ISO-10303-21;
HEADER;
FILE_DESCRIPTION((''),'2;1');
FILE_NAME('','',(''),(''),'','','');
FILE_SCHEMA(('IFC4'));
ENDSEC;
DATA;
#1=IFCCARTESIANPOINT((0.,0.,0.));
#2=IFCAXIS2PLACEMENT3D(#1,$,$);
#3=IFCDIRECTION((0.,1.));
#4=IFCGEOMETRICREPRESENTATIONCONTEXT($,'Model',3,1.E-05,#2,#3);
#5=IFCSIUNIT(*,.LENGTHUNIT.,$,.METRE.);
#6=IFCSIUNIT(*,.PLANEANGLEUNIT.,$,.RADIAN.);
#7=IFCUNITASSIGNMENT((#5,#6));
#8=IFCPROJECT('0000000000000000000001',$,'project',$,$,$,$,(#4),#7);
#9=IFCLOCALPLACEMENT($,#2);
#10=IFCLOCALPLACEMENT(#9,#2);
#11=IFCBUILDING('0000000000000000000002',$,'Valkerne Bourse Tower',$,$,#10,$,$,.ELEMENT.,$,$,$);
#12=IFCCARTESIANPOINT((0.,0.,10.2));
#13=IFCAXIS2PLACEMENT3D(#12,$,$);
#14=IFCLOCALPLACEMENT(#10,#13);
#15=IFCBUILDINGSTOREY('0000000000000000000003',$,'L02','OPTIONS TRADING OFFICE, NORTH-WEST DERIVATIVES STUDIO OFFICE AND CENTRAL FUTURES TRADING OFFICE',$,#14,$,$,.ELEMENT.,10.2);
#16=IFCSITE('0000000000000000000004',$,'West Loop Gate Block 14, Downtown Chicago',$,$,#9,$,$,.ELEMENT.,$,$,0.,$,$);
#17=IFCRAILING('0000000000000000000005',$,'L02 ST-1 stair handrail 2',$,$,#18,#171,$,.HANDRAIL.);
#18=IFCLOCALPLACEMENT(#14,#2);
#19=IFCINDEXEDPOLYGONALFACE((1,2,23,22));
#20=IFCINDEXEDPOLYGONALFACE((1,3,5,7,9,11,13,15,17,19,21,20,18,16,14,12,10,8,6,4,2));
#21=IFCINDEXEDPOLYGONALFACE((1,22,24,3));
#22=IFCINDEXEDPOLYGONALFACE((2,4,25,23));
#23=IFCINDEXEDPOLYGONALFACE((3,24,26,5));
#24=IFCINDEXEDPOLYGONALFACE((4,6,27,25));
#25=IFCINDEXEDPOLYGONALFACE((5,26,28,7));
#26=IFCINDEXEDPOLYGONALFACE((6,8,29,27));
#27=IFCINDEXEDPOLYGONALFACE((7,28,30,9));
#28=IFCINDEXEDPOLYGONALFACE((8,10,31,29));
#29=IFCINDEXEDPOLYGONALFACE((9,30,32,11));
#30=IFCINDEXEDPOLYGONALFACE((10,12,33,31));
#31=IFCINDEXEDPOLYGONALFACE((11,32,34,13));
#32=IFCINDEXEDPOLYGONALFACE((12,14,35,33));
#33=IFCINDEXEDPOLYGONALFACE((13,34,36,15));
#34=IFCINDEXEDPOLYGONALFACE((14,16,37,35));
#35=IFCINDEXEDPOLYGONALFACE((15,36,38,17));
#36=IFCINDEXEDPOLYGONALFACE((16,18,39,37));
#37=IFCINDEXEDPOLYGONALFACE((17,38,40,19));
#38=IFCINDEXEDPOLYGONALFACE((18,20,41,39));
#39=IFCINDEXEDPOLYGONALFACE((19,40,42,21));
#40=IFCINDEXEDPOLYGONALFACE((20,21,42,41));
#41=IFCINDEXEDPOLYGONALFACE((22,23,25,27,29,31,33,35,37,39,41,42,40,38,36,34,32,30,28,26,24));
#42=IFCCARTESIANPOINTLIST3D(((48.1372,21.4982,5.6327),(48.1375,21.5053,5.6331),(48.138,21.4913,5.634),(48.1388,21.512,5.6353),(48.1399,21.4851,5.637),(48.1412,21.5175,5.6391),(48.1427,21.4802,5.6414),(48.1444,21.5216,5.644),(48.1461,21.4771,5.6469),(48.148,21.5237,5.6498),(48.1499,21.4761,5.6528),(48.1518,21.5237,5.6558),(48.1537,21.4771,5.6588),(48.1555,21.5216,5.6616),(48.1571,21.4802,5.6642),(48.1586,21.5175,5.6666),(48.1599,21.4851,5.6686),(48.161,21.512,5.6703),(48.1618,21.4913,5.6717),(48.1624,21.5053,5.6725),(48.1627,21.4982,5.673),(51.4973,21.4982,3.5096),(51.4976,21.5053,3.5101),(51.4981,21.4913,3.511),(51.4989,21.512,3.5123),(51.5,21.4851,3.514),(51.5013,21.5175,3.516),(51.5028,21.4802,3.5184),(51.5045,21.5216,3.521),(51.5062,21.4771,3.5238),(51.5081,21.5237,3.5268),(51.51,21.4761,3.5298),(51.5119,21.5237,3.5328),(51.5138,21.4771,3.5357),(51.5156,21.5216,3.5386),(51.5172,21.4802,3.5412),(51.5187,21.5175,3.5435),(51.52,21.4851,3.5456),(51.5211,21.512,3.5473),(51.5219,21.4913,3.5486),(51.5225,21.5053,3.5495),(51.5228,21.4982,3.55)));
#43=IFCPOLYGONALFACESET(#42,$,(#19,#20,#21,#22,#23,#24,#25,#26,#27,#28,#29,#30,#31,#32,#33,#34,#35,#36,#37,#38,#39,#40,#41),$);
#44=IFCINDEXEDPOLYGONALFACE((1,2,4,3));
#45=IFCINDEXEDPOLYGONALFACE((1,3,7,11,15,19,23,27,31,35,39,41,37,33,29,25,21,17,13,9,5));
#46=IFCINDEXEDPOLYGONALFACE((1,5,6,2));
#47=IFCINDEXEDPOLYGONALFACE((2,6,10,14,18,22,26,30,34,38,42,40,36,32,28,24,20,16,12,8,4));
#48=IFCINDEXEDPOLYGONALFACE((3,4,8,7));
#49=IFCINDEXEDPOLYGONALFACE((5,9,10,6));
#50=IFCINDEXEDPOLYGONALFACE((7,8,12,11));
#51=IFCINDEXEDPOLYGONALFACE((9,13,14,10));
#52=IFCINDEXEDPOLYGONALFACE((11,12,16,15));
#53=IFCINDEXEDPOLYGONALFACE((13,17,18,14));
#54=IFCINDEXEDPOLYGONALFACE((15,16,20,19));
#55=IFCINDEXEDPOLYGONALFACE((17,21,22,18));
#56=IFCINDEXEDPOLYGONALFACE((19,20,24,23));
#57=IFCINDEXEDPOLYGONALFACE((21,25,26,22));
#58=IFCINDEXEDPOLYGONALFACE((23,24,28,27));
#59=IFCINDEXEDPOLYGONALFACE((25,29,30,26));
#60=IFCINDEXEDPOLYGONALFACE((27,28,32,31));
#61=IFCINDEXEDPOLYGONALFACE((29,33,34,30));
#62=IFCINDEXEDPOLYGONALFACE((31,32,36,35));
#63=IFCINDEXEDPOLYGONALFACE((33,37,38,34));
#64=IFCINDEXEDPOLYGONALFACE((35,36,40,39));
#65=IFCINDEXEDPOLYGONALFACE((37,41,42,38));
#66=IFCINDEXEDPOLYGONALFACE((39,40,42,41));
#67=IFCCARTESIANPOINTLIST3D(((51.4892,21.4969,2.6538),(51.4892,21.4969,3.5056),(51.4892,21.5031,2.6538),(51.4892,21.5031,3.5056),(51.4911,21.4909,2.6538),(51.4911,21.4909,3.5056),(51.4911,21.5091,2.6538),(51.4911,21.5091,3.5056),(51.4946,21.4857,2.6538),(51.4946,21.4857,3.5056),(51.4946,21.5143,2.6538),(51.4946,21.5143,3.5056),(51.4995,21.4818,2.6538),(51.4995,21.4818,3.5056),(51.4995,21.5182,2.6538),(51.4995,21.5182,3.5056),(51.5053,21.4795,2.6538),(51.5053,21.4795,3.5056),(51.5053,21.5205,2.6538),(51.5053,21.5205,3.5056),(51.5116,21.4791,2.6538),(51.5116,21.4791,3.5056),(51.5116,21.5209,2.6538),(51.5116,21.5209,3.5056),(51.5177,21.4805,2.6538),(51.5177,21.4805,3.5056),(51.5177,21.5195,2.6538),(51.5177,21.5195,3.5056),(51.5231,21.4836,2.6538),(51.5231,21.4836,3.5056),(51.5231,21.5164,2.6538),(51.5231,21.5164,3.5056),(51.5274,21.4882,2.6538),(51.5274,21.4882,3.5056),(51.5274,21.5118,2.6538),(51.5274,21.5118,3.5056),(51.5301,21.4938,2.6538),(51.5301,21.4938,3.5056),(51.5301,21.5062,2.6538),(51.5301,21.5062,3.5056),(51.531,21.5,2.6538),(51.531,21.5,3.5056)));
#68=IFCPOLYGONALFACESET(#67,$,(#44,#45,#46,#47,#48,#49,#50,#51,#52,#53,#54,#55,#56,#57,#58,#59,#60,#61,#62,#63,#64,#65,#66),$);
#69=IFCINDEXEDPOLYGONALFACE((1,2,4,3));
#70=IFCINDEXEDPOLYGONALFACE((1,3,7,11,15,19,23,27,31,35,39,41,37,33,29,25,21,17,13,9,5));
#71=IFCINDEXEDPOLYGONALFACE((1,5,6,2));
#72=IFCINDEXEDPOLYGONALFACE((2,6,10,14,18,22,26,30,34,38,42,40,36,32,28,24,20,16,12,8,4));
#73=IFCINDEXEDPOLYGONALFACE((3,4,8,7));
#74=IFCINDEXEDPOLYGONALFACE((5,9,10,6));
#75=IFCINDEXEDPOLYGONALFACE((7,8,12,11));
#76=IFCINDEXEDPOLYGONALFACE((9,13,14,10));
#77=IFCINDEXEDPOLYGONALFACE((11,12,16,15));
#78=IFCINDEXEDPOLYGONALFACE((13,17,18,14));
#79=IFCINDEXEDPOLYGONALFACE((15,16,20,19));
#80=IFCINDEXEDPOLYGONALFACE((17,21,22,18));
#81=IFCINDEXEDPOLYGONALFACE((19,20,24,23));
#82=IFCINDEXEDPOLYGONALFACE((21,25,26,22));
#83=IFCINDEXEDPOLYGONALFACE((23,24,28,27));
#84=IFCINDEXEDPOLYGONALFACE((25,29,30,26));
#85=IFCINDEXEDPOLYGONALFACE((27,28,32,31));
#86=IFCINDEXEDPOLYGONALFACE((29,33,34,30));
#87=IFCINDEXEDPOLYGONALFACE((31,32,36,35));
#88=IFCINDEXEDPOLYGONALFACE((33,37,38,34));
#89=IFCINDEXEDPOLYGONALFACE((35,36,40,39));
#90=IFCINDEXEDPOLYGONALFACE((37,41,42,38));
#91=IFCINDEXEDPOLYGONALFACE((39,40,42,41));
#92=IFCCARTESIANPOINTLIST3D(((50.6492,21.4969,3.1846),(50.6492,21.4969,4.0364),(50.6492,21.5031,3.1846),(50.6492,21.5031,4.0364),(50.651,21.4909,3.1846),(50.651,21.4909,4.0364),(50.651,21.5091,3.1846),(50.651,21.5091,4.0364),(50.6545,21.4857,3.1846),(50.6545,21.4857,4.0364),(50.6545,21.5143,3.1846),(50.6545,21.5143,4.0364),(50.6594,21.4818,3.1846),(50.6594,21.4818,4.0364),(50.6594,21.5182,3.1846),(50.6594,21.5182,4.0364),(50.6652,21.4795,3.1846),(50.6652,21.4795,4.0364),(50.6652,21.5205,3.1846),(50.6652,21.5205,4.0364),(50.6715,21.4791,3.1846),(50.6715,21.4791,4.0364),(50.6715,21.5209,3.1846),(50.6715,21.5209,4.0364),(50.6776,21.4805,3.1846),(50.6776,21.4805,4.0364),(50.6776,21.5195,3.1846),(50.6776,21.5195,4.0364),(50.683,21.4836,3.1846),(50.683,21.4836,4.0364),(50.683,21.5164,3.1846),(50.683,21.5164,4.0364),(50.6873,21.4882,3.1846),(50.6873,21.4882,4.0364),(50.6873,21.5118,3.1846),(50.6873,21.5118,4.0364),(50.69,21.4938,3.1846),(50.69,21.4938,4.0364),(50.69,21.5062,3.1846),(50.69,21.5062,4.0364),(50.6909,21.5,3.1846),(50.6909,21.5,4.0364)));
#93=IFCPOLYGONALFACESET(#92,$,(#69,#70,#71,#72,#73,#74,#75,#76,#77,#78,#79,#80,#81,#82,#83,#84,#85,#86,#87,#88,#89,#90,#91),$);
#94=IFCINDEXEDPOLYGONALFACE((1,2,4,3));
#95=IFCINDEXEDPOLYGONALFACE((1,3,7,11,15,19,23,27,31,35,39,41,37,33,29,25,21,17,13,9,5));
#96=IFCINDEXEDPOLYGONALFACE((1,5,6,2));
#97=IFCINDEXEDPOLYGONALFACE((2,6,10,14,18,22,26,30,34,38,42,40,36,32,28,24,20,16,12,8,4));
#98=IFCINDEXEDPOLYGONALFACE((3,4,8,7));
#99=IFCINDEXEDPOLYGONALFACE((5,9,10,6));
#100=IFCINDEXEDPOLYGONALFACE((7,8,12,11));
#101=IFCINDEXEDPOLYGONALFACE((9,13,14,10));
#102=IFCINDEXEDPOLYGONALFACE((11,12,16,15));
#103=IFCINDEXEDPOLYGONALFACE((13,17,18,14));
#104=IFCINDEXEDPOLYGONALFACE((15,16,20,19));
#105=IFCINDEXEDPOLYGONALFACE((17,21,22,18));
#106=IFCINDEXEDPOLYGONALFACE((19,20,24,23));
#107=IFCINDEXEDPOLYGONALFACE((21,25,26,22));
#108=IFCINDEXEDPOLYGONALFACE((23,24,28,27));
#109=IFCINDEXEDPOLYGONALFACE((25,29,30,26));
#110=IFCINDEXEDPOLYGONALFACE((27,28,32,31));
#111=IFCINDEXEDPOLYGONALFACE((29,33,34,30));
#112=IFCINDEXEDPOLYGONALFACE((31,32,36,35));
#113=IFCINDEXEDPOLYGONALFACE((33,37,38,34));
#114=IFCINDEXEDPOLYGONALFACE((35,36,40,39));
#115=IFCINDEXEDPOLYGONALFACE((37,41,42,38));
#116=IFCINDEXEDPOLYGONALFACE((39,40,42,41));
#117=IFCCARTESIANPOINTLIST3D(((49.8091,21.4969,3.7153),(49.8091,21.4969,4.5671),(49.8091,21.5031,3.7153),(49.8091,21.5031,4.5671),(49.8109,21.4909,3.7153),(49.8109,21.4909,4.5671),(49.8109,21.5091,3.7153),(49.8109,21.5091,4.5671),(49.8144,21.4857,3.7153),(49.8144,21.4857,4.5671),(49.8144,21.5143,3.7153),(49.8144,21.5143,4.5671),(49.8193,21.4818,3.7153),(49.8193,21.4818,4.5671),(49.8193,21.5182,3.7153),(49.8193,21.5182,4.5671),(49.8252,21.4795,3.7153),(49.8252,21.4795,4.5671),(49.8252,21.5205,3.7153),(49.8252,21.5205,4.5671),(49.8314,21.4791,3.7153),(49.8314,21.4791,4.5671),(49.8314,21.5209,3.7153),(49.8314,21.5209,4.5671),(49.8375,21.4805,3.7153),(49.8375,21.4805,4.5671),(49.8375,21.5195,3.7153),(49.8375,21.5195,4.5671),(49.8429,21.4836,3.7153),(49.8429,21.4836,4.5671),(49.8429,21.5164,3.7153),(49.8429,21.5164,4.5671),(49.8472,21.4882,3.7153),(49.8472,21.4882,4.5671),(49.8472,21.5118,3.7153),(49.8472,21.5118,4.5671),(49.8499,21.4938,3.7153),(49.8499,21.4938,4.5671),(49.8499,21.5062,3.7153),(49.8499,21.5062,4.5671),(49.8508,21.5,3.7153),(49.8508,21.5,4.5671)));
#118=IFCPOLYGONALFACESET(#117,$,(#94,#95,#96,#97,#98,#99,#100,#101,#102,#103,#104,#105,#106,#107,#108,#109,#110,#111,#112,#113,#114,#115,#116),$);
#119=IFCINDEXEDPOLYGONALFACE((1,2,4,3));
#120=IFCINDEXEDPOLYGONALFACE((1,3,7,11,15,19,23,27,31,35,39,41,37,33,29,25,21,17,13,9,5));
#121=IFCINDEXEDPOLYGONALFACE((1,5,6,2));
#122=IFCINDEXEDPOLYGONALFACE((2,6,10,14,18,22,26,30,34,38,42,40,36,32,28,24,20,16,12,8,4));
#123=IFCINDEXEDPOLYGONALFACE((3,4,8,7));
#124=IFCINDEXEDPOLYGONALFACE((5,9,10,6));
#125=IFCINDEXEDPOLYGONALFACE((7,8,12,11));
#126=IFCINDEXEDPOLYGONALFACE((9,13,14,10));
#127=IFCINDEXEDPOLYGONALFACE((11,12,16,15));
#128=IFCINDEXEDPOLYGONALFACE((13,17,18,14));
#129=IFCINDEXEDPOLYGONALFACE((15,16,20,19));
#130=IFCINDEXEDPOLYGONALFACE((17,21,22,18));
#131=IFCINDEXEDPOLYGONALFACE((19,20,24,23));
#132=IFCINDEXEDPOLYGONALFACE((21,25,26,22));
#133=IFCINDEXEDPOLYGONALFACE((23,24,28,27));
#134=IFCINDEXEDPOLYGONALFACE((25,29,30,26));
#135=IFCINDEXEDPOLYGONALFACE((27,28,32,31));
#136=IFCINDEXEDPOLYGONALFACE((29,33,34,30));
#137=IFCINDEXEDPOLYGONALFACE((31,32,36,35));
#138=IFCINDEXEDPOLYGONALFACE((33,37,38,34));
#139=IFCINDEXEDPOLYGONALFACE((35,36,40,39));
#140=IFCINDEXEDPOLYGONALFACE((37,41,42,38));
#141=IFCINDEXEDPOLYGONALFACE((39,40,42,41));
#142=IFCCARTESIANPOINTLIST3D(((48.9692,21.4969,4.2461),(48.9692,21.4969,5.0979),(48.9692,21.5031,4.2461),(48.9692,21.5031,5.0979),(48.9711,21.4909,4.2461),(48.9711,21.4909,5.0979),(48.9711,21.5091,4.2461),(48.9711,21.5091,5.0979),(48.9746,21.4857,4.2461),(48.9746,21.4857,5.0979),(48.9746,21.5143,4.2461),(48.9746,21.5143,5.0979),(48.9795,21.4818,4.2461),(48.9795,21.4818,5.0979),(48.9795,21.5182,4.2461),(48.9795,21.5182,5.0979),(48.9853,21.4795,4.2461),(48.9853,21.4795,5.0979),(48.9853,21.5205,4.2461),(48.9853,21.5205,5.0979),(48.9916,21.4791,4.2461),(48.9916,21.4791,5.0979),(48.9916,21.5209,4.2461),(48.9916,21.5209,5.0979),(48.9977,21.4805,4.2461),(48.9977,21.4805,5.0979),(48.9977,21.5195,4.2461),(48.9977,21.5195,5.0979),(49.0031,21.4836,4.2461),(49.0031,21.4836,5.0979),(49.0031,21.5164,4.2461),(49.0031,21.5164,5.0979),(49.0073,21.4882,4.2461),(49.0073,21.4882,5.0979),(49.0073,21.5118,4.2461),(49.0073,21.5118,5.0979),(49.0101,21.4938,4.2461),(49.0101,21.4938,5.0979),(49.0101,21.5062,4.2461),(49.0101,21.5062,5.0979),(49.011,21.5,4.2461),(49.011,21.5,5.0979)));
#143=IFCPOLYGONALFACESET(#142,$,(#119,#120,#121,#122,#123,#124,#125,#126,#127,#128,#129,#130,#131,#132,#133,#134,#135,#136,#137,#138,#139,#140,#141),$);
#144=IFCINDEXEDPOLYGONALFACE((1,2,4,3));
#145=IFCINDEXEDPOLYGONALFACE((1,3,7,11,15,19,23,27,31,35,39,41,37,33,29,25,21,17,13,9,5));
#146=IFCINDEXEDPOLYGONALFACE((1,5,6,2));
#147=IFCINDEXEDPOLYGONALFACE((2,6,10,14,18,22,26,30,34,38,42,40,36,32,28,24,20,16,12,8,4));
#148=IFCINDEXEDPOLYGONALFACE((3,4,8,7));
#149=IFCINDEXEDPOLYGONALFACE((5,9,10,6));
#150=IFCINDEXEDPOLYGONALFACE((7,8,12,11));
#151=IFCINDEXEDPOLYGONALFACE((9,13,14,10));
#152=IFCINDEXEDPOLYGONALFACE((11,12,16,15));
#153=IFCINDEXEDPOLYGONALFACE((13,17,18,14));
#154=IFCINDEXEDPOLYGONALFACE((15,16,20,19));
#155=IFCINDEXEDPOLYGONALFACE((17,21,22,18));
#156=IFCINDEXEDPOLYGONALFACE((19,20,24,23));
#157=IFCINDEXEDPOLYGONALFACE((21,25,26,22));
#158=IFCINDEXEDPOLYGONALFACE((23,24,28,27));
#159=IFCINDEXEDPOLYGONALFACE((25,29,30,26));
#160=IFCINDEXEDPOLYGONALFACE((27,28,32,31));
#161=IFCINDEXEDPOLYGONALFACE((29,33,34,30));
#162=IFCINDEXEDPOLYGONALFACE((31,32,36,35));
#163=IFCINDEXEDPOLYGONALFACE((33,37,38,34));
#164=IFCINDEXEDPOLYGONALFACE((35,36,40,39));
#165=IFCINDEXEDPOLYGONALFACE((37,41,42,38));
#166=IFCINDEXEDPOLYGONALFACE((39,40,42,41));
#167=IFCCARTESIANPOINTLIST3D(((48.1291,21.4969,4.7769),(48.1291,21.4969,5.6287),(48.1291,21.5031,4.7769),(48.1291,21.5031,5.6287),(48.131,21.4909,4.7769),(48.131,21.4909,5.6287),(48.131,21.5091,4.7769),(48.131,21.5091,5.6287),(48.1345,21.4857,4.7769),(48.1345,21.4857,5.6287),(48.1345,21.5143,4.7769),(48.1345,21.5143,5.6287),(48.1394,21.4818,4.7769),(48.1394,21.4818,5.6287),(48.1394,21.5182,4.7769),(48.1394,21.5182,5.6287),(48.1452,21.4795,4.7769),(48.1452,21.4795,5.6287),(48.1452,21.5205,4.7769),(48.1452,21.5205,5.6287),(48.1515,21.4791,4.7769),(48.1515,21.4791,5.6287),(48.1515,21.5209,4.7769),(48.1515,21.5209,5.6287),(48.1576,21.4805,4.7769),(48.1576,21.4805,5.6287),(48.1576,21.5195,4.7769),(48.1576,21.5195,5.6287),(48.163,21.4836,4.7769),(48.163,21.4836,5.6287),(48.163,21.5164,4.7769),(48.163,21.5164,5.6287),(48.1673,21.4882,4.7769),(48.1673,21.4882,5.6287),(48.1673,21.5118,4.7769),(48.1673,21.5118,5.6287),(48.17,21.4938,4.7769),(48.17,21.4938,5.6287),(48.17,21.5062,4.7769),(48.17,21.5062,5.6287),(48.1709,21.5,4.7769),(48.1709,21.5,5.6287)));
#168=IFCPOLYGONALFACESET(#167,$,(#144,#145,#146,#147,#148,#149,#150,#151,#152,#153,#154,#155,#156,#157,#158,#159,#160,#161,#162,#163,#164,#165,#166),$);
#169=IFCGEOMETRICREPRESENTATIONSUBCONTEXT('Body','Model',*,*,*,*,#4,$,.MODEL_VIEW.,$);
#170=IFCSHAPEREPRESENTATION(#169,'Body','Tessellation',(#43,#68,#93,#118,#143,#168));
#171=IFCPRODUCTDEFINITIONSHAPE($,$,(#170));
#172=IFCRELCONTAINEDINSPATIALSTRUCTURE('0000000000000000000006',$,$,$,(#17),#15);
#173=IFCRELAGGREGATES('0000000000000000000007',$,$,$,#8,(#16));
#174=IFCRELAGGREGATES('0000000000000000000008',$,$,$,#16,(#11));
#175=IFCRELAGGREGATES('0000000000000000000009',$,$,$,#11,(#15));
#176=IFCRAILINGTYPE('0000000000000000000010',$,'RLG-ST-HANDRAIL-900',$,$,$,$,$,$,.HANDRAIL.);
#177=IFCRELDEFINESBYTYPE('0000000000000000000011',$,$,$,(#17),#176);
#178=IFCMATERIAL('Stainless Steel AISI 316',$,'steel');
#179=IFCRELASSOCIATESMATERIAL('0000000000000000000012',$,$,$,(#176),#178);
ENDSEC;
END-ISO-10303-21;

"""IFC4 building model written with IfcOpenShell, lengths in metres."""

from ifc_helpers import new_model, si_unit, direction, frame, origin, origin_2d, place, context, subcontext, project, spatial, circle, extrude, material, type_object, element, save


model = new_model("IFC4")

# Units and contexts
model_context = context("Model", 3, precision=1e-05, world=origin(), true_north=direction((0.0, 1.0)))
body_context = subcontext(model_context, "Body", "Model", "MODEL_VIEW")
ifc_project = project(units=[si_unit("LENGTHUNIT", "METRE"), si_unit("PLANEANGLEUNIT", "RADIAN")], contexts=[model_context])

# Site, building, storey
site_placement = place(None, origin())
site = spatial("IfcSite", under=ifc_project, at=site_placement, Name="West Loop Gate Block 14, Downtown Chicago", CompositionType="ELEMENT", RefElevation=0.0)
building_placement = place(site_placement, origin())
building = spatial("IfcBuilding", under=site, at=building_placement, Name="Valkerne Bourse Tower", CompositionType="ELEMENT")
storey_placement = place(building_placement, frame((0.0, 0.0, 10.2)))
storey = spatial("IfcBuildingStorey", under=building, at=storey_placement, Name="L02", Description="OPTIONS TRADING OFFICE, NORTH-WEST DERIVATIVES STUDIO OFFICE AND CENTRAL FUTURES TRADING OFFICE", CompositionType="ELEMENT", Elevation=10.2)

# Shared definitions
ifc_material_1 = material(Name="Stainless Steel AISI 316", Category="steel")

# Railing
railing_type_1 = type_object("IfcRailingType", Name="RLG-ST-HANDRAIL-900", PredefinedType="HANDRAIL", material=ifc_material_1)
railing_1_placement = place(storey_placement, frame((51.51, 21.5, 2.6538)))
element("IfcRailing", 1, at=railing_1_placement, inside=storey, type_object=railing_type_1, Name="L02 ST-1 stair handrail 2", PredefinedType="HANDRAIL", context=body_context, shape_type="SweptSolid", body=[
    extrude(circle(Radius=0.0239, at=origin_2d()), frame((0.0, 0.0, 0.876), z_axis=(-0.84539, 0.0, 0.53415), x_axis=(0.0, -1.0, 0.0)), (0.0, 0.0, 1.0), 3.9746),
    extrude(circle(Radius=0.021, at=origin_2d()), origin(), (0.0, 0.0, 1.0), 0.8518),
    extrude(circle(Radius=0.021, at=origin_2d()), frame((-0.8401, 0.0, 0.5308)), (0.0, 0.0, 1.0), 0.8518),
    extrude(circle(Radius=0.021, at=origin_2d()), frame((-1.6802, 0.0, 1.0615)), (0.0, 0.0, 1.0), 0.8518),
    extrude(circle(Radius=0.021, at=origin_2d()), frame((-2.52, 0.0, 1.5923)), (0.0, 0.0, 1.0), 0.8518),
    extrude(circle(Radius=0.021, at=origin_2d()), frame((-3.3601, 0.0, 2.123)), (0.0, 0.0, 1.0), 0.8518),
])

save(model, "model.ifc")
